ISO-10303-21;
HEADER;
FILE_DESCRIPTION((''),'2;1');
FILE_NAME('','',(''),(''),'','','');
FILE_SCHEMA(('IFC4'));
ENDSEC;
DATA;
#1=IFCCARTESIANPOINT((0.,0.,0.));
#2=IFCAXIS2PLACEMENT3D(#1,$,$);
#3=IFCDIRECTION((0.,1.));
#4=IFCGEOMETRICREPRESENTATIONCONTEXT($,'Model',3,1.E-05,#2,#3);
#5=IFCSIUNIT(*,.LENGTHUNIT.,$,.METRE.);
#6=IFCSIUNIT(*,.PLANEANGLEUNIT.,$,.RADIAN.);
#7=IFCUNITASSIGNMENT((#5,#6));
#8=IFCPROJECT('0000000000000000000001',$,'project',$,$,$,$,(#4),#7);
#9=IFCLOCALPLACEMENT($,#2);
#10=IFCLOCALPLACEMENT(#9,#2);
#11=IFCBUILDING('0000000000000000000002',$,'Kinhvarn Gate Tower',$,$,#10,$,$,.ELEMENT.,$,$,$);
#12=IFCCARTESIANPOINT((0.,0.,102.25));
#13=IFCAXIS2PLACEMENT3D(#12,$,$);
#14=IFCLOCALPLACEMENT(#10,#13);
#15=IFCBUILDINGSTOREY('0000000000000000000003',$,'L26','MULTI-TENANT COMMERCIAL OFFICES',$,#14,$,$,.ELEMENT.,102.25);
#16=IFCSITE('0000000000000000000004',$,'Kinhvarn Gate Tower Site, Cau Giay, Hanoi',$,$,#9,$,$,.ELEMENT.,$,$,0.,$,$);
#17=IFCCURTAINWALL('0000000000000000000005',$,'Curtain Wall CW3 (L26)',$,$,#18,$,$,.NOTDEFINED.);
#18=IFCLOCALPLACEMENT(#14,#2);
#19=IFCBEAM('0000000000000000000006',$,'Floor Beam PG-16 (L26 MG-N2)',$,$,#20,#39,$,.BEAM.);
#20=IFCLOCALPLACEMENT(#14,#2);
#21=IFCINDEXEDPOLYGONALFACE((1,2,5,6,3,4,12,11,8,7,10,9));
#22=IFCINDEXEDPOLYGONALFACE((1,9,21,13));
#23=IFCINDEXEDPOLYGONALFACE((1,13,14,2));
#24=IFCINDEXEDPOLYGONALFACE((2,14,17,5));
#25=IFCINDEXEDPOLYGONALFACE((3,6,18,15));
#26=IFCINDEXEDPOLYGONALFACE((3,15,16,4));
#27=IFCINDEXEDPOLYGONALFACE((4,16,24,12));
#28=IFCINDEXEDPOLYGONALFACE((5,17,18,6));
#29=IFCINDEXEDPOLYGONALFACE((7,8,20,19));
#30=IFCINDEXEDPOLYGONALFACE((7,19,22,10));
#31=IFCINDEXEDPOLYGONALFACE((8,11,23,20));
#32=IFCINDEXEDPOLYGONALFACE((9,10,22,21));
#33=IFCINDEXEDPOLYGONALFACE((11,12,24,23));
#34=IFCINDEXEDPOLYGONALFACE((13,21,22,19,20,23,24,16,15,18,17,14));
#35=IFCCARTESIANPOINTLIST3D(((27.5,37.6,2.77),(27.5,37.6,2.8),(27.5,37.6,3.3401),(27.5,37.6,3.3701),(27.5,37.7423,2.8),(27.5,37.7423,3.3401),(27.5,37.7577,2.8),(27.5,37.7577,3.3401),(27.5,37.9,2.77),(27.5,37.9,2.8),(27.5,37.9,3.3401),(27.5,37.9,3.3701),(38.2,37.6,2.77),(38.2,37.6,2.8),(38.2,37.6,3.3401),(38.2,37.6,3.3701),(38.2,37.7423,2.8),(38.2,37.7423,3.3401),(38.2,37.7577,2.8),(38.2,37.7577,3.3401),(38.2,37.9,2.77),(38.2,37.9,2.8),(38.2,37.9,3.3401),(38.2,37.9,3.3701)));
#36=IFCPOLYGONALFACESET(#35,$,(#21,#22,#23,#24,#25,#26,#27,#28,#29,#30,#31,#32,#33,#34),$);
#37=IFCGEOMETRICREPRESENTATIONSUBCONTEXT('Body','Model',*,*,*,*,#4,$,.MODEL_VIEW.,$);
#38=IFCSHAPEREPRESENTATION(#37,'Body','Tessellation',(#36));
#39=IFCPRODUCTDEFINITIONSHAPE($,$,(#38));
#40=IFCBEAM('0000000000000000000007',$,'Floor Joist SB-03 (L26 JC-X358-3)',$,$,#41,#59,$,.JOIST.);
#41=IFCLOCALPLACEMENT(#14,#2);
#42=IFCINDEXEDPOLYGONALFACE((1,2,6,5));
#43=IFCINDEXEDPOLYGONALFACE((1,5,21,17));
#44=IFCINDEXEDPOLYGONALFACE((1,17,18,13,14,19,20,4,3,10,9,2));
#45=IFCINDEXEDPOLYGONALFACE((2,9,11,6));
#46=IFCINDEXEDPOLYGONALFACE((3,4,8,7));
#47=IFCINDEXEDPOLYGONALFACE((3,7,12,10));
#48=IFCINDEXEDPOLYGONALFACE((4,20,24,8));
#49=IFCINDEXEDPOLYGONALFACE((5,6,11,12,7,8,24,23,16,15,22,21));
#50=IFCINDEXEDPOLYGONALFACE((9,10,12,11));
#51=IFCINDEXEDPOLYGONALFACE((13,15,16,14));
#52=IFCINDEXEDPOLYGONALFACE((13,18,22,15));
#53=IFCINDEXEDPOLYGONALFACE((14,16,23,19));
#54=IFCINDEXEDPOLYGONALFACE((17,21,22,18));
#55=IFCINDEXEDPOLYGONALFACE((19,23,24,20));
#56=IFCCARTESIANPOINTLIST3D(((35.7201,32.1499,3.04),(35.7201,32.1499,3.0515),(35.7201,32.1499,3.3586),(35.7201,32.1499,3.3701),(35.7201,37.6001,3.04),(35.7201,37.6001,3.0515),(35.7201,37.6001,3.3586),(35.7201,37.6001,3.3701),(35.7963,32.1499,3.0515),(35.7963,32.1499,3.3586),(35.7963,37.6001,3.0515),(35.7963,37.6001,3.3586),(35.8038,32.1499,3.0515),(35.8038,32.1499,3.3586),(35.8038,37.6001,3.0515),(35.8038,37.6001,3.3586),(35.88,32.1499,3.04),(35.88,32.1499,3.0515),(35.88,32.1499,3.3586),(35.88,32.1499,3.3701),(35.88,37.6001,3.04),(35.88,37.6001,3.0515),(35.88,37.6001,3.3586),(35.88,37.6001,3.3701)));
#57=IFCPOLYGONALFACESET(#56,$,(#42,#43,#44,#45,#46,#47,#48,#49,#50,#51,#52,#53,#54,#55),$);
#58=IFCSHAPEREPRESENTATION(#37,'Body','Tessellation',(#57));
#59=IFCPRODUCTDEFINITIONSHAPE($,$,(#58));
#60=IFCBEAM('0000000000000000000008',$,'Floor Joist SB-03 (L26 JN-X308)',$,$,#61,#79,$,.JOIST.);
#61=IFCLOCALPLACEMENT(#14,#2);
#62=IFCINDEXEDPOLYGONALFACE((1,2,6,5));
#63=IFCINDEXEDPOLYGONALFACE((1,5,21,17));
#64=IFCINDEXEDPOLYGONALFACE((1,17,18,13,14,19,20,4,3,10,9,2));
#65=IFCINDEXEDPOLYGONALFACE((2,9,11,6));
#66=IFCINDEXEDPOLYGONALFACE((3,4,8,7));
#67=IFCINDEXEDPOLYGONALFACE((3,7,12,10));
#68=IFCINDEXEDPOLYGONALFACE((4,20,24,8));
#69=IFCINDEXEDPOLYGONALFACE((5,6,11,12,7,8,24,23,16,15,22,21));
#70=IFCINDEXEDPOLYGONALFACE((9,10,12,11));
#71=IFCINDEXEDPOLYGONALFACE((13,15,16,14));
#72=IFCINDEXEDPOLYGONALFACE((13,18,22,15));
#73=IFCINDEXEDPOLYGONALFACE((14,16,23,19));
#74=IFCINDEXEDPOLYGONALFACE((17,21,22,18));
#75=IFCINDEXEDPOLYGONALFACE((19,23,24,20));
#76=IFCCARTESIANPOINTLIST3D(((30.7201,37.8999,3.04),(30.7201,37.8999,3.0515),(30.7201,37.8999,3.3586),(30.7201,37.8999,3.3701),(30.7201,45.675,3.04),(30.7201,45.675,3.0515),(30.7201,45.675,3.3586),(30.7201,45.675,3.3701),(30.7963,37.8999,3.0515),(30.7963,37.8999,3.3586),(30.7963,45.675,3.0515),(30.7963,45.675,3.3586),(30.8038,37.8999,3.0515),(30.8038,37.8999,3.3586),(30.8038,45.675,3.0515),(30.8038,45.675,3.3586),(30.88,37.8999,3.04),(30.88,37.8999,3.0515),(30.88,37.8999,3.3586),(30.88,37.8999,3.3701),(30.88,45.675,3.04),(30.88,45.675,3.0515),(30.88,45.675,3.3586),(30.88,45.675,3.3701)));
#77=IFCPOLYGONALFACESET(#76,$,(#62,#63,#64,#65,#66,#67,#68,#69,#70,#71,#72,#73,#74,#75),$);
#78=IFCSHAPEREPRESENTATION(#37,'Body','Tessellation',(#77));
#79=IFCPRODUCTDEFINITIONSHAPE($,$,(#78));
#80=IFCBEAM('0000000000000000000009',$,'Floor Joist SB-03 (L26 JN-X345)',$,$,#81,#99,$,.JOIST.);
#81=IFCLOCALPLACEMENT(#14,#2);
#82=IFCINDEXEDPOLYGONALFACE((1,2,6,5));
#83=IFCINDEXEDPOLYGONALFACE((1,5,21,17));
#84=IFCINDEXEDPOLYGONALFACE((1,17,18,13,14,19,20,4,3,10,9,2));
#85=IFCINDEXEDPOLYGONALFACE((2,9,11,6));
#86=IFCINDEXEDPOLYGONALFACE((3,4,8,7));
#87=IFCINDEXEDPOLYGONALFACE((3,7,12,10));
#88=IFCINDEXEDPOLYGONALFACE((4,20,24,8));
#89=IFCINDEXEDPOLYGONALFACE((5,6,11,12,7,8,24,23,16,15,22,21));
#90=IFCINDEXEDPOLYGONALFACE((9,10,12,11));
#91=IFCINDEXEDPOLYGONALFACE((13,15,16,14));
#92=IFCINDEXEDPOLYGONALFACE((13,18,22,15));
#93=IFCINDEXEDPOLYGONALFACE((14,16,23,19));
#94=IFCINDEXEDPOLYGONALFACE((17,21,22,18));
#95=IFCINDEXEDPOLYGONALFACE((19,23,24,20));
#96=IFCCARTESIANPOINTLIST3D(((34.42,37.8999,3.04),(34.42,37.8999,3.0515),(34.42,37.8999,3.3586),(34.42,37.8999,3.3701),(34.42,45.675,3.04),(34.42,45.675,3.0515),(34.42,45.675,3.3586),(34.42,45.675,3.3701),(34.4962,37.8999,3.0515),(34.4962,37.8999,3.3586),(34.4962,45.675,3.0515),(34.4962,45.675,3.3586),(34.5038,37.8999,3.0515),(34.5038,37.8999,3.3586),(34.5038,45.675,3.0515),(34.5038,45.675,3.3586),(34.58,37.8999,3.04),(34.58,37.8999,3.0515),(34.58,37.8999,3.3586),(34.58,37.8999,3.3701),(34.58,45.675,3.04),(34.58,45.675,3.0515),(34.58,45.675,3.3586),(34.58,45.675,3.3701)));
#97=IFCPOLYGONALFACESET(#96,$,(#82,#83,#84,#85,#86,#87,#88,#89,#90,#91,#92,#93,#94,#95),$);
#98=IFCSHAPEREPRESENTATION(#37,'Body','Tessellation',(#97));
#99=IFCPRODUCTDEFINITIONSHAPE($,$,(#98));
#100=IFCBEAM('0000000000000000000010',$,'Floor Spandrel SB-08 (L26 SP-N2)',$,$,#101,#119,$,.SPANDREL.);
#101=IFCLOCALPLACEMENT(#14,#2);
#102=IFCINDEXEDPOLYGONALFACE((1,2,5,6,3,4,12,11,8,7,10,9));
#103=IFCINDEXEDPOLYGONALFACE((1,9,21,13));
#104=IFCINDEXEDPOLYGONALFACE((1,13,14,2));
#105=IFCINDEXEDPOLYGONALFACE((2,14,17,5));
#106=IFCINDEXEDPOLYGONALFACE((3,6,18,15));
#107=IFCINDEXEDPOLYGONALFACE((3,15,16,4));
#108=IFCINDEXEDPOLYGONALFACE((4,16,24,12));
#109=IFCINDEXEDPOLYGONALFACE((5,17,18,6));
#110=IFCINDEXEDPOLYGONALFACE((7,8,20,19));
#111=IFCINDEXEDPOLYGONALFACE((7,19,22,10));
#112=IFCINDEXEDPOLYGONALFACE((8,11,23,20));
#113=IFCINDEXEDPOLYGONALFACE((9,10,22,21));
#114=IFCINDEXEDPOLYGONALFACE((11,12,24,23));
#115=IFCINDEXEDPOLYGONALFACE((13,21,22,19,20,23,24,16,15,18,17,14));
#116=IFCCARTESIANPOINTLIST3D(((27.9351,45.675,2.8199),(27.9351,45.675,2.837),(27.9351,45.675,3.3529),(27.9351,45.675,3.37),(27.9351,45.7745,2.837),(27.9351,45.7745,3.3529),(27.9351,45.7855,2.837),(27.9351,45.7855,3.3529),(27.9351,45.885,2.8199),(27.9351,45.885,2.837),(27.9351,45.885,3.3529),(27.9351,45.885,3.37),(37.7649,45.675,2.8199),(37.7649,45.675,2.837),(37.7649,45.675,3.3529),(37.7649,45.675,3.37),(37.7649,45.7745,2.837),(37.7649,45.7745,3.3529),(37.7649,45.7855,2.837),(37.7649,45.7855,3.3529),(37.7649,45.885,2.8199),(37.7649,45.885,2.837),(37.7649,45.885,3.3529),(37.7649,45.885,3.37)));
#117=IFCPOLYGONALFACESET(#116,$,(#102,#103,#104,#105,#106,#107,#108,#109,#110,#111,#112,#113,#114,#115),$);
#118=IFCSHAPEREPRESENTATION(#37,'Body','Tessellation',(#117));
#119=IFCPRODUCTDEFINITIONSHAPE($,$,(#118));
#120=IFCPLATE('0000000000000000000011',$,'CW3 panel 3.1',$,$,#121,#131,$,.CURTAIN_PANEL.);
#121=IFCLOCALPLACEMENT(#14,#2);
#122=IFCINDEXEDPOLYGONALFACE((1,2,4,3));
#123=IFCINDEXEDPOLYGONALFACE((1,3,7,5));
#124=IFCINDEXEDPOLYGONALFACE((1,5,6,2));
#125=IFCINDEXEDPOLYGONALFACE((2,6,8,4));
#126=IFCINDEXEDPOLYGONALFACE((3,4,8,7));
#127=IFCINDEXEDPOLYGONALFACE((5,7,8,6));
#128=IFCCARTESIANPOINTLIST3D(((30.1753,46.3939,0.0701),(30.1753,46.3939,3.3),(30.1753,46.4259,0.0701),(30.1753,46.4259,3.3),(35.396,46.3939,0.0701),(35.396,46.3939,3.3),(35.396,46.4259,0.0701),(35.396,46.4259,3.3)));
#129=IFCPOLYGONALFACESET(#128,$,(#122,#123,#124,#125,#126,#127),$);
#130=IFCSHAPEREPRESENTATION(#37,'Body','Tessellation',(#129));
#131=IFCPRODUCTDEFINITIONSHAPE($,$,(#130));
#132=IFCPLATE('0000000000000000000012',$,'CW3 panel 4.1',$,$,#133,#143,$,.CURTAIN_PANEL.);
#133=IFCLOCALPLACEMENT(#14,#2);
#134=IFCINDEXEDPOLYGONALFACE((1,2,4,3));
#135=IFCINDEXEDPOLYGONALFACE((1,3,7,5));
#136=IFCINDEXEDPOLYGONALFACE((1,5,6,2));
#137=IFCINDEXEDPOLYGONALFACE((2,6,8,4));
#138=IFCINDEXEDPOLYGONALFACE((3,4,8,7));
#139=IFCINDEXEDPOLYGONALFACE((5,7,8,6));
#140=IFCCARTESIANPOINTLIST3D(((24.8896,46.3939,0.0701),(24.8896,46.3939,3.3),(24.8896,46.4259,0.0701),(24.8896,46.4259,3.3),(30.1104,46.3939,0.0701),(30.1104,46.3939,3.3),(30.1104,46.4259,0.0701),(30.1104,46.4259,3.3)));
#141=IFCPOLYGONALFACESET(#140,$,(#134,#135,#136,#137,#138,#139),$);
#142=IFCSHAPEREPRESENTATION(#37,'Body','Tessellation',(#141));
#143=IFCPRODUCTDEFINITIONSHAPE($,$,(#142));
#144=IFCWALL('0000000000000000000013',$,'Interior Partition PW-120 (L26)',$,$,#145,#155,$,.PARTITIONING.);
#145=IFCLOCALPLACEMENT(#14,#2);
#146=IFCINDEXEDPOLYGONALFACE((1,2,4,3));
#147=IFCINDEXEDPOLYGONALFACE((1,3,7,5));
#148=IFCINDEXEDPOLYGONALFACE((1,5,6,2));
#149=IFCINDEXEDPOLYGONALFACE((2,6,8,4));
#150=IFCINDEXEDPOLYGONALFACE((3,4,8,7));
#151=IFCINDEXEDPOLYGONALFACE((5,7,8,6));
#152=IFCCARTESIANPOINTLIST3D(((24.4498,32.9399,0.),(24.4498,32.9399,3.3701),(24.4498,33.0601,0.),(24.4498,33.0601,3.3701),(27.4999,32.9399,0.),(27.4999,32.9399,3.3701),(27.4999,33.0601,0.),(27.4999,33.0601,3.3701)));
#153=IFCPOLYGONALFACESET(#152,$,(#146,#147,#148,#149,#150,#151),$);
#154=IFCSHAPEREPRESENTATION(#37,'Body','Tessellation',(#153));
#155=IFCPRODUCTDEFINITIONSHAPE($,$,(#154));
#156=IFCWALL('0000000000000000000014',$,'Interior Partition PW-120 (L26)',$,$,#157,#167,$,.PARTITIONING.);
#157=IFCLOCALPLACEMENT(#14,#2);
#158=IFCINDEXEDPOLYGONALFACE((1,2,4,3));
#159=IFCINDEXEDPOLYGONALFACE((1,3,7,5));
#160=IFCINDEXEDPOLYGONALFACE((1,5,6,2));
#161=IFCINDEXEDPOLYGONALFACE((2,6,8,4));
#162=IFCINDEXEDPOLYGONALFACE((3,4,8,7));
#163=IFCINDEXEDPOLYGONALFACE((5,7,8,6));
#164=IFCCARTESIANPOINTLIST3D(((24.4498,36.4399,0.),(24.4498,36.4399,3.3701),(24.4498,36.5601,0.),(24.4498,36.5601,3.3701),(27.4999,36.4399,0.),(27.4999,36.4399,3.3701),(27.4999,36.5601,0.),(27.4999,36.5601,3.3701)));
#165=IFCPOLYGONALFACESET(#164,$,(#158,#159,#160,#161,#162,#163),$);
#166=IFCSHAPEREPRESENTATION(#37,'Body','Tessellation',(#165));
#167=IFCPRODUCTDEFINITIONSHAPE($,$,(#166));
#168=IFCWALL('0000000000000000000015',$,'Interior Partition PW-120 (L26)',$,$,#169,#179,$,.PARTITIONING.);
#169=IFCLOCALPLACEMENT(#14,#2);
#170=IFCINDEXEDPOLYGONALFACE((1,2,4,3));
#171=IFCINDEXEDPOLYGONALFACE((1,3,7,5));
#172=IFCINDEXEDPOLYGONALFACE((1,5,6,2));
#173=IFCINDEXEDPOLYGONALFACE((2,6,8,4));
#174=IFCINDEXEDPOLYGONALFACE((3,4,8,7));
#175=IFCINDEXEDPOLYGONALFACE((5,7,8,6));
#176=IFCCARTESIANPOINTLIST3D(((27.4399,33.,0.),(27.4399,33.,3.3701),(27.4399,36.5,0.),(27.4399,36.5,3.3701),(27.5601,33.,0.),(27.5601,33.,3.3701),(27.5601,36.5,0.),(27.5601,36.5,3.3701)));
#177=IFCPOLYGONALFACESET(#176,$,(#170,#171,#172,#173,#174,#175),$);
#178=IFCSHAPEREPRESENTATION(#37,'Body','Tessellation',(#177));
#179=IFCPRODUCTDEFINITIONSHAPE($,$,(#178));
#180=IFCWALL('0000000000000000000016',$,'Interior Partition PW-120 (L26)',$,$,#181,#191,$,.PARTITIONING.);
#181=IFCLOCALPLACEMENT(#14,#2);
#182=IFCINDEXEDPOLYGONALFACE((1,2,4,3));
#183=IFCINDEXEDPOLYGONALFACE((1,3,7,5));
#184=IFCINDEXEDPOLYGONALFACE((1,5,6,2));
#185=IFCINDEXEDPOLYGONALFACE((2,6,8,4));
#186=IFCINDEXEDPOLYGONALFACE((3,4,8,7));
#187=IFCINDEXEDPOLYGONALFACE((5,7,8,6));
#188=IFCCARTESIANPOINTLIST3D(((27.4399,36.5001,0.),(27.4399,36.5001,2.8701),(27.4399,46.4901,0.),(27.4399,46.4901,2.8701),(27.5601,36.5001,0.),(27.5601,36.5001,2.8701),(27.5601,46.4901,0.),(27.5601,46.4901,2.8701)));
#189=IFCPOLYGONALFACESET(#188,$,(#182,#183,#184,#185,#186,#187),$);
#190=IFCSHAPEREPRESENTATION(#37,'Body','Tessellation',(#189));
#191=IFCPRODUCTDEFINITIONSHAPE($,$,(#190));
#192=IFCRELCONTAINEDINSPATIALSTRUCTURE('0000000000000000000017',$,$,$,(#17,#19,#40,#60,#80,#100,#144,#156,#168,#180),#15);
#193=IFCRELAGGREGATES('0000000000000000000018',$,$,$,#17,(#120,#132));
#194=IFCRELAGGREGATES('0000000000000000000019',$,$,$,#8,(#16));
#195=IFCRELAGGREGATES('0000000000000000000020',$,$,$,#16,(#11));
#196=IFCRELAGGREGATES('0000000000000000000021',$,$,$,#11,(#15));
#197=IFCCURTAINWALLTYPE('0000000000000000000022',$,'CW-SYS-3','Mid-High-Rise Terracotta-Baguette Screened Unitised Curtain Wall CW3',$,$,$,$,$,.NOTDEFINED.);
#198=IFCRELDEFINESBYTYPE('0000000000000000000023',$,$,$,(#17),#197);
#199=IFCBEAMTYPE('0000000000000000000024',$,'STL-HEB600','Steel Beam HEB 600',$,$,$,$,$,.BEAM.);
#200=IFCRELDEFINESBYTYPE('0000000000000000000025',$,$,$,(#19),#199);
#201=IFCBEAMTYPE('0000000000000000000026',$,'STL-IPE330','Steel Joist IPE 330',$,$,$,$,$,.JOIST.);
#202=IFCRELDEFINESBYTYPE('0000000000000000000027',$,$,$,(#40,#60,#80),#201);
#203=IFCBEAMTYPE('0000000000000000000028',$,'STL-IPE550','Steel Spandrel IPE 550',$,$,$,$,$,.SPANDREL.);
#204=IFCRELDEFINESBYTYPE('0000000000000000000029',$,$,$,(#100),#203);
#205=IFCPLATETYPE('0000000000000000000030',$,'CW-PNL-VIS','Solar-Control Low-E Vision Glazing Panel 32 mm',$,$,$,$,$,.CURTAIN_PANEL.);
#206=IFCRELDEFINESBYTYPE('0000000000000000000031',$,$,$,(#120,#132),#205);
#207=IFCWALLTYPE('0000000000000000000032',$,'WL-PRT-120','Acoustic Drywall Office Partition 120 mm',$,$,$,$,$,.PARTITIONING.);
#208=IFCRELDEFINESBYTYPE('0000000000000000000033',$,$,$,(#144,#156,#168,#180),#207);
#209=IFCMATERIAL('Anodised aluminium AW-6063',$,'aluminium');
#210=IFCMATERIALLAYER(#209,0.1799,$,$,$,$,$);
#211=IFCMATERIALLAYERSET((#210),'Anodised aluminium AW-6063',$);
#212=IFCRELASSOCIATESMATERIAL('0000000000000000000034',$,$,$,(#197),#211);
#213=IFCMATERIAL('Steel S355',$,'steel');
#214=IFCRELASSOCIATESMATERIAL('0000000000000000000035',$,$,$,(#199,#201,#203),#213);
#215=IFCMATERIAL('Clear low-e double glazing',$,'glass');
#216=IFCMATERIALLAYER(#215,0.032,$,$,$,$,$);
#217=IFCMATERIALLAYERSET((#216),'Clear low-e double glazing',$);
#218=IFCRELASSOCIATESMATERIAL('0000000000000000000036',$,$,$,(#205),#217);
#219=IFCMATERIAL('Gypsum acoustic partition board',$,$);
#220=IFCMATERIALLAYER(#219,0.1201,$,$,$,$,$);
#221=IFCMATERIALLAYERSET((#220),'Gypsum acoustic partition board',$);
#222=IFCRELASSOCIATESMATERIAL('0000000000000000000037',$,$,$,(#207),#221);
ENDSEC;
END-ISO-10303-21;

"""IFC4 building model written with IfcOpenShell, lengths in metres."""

from ifc_helpers import new_model, si_unit, direction, frame, frame_2d, origin, origin_2d, place, context, subcontext, project, spatial, rectangle, i_section, extrude, material, layer, layer_set, material_profile, profile_set, type_object, element, aggregate, save


model = new_model("IFC4")

# Units and contexts
model_context = context("Model", 3, precision=1e-05, world=origin(), true_north=direction((0.0, 1.0)))
body_context = subcontext(model_context, "Body", "Model", "MODEL_VIEW")
ifc_project = project(units=[si_unit("LENGTHUNIT", "METRE"), si_unit("PLANEANGLEUNIT", "RADIAN")], contexts=[model_context])

# Site, building, storey
site_placement = place(None, origin())
site = spatial("IfcSite", under=ifc_project, at=site_placement, Name="Kinhvarn Gate Tower Site, Cau Giay, Hanoi", CompositionType="ELEMENT", RefElevation=0.0)
building_placement = place(site_placement, origin())
building = spatial("IfcBuilding", under=site, at=building_placement, Name="Kinhvarn Gate Tower", CompositionType="ELEMENT")
storey_placement = place(building_placement, frame((0.0, 0.0, 102.25)))
storey = spatial("IfcBuildingStorey", under=building, at=storey_placement, Name="L26", Description="MULTI-TENANT COMMERCIAL OFFICES", CompositionType="ELEMENT", Elevation=102.25)

# Curtain wall
ifc_material_1 = material(Name="Anodised aluminium AW-6063", Category="aluminium")
ifc_layer_1 = layer(ifc_material_1, 0.1799)
ifc_layer_set_1 = layer_set([ifc_layer_1], Name="Anodised aluminium AW-6063")
curtain_wall_type = type_object("IfcCurtainWallType", Name="CW-SYS-3", Description="Mid-High-Rise Terracotta-Baguette Screened Unitised Curtain Wall CW3", PredefinedType="NOTDEFINED", material=ifc_layer_set_1)
curtain_wall_placement = place(storey_placement, origin())
curtain_wall = element("IfcCurtainWall", 1, at=curtain_wall_placement, inside=storey, type_object=curtain_wall_type, Name="Curtain Wall CW3 (L26)", PredefinedType="NOTDEFINED")

# Beams
ifc_material_2 = material(Name="Steel S355", Category="steel")
ifc_material_profile_1 = material_profile(ifc_material_2, i_section(OverallWidth=0.3, OverallDepth=0.6001, WebThickness=0.0154, FlangeThickness=0.03, at=origin_2d()), Name="HEB 600")
ifc_profile_set_1 = profile_set([ifc_material_profile_1], Name="Steel S355")
beam_type_1 = type_object("IfcBeamType", Name="STL-HEB600", Description="Steel Beam HEB 600", PredefinedType="BEAM", material=ifc_profile_set_1)
beam_1_placement = place(storey_placement, frame((27.5, 37.75, 3.0701), z_axis=(1.0, 0.0, 0.0), x_axis=(0.0, 1.0, 0.0)))
element("IfcBeam", 2, at=beam_1_placement, inside=storey, type_object=beam_type_1, Name="Floor Beam PG-16 (L26 MG-N2)", PredefinedType="BEAM", context=body_context, shape_type="SweptSolid", body=[
    extrude(i_section(OverallWidth=0.3, OverallDepth=0.6001, WebThickness=0.0154, FlangeThickness=0.03, at=origin_2d()), origin(), (0.0, 0.0, 1.0), 10.7),
])
ifc_material_profile_2 = material_profile(ifc_material_2, i_section(OverallWidth=0.1599, OverallDepth=0.3301, WebThickness=0.0076, FlangeThickness=0.0115, at=origin_2d()), Name="IPE 330")
ifc_profile_set_2 = profile_set([ifc_material_profile_2], Name="Steel S355")
beam_type_2 = type_object("IfcBeamType", Name="STL-IPE330", Description="Steel Joist IPE 330", PredefinedType="JOIST", material=ifc_profile_set_2)
beam_2_placement = place(storey_placement, frame((35.8, 32.1499, 3.2051), z_axis=(0.0, 1.0, 0.0), x_axis=(-1.0, 0.0, 0.0)))
element("IfcBeam", 3, at=beam_2_placement, inside=storey, type_object=beam_type_2, Name="Floor Joist SB-03 (L26 JC-X358-3)", PredefinedType="JOIST", context=body_context, shape_type="SweptSolid", body=[
    extrude(i_section(OverallWidth=0.1599, OverallDepth=0.3301, WebThickness=0.0076, FlangeThickness=0.0115, at=origin_2d()), origin(), (0.0, 0.0, 1.0), 5.4502),
])
for number, where, z_axis, x_axis, name in (
    (4, (30.8, 37.8999, 3.2051), (0.0, 1.0, 0.0), (-1.0, 0.0, 0.0), "Floor Joist SB-03 (L26 JN-X308)"),
    (5, (34.5, 37.8999, 3.2051), (0.0, 1.0, 0.0), (-1.0, 0.0, 0.0), "Floor Joist SB-03 (L26 JN-X345)"),
):
    element("IfcBeam", number, at=place(storey_placement, frame(where, z_axis=z_axis, x_axis=x_axis)), inside=storey, type_object=beam_type_2, Name=name, PredefinedType="JOIST", context=body_context, shape_type="SweptSolid", body=[
        extrude(i_section(OverallWidth=0.1599, OverallDepth=0.3301, WebThickness=0.0076, FlangeThickness=0.0115, at=origin_2d()), origin(), (0.0, 0.0, 1.0), 7.7751),
    ])
ifc_material_profile_3 = material_profile(ifc_material_2, i_section(OverallWidth=0.21, OverallDepth=0.55, WebThickness=0.011, FlangeThickness=0.0171, at=origin_2d()), Name="IPE 550")
ifc_profile_set_3 = profile_set([ifc_material_profile_3], Name="Steel S355")
beam_type_3 = type_object("IfcBeamType", Name="STL-IPE550", Description="Steel Spandrel IPE 550", PredefinedType="SPANDREL", material=ifc_profile_set_3)
beam_3_placement = place(storey_placement, frame((27.9351, 45.78, 3.095), z_axis=(1.0, 0.0, 0.0), x_axis=(0.0, 1.0, 0.0)))
element("IfcBeam", 6, at=beam_3_placement, inside=storey, type_object=beam_type_3, Name="Floor Spandrel SB-08 (L26 SP-N2)", PredefinedType="SPANDREL", context=body_context, shape_type="SweptSolid", body=[
    extrude(i_section(OverallWidth=0.21, OverallDepth=0.55, WebThickness=0.011, FlangeThickness=0.0171, at=origin_2d()), origin(), (0.0, 0.0, 1.0), 9.8298),
])

# Plates
ifc_material_3 = material(Name="Clear low-e double glazing", Category="glass")
ifc_layer_2 = layer(ifc_material_3, 0.032)
ifc_layer_set_2 = layer_set([ifc_layer_2], Name="Clear low-e double glazing")
plate_type = type_object("IfcPlateType", Name="CW-PNL-VIS", Description="Solar-Control Low-E Vision Glazing Panel 32 mm", PredefinedType="CURTAIN_PANEL", material=ifc_layer_set_2)
plate_1_placement = place(storey_placement, frame((32.7856, 46.4099, 0.0701), z_axis=(0.0, 0.0, 1.0), x_axis=(-1.0, 0.0, 0.0)))
plate_1 = element("IfcPlate", 7, at=plate_1_placement, type_object=plate_type, Name="CW3 panel 3.1", PredefinedType="CURTAIN_PANEL", context=body_context, shape_type="SweptSolid", body=[
    extrude(rectangle(XDim=5.2207, YDim=0.032, at=origin_2d()), origin(), (0.0, 0.0, 1.0), 3.23),
])
plate_2_placement = place(storey_placement, frame((27.5, 46.4099, 0.0701), z_axis=(0.0, 0.0, 1.0), x_axis=(-1.0, 0.0, 0.0)))
plate_2 = element("IfcPlate", 8, at=plate_2_placement, type_object=plate_type, Name="CW3 panel 4.1", PredefinedType="CURTAIN_PANEL", context=body_context, shape_type="SweptSolid", body=[
    extrude(rectangle(XDim=5.2207, YDim=0.032, at=origin_2d()), origin(), (0.0, 0.0, 1.0), 3.23),
])
aggregate(curtain_wall, [plate_1, plate_2])

# Walls
ifc_material_4 = material(Name="Gypsum acoustic partition board")
ifc_layer_3 = layer(ifc_material_4, 0.1201)
ifc_layer_set_3 = layer_set([ifc_layer_3], Name="Gypsum acoustic partition board")
wall_type_1 = type_object("IfcWallType", Name="WL-PRT-120", Description="Acoustic Drywall Office Partition 120 mm", PredefinedType="PARTITIONING", material=ifc_layer_set_3)
for number, where, z_axis, x_axis, name in (
    (9, (24.45, 33.0, 0.0), (0.0, 0.0, 1.0), (1.0, 0.0, 0.0), "Interior Partition PW-120 (L26)"),
    (10, (24.45, 36.5, 0.0), (0.0, 0.0, 1.0), (1.0, 0.0, 0.0), "Interior Partition PW-120 (L26)"),
):
    element("IfcWall", number, at=place(storey_placement, frame(where, z_axis=z_axis, x_axis=x_axis)), inside=storey, type_object=wall_type_1, Name=name, PredefinedType="PARTITIONING", context=body_context, shape_type="SweptSolid", body=[
        extrude(rectangle(XDim=3.05, YDim=0.1201, at=frame_2d((1.5249, 0.0))), origin(), (0.0, 0.0, 1.0), 3.3701),
    ])
wall_1_placement = place(storey_placement, frame((27.5, 33.0, 0.0), z_axis=(0.0, 0.0, 1.0), x_axis=(0.0, 1.0, 0.0)))
element("IfcWall", 11, at=wall_1_placement, inside=storey, type_object=wall_type_1, Name="Interior Partition PW-120 (L26)", PredefinedType="PARTITIONING", context=body_context, shape_type="SweptSolid", body=[
    extrude(rectangle(XDim=3.5, YDim=0.1201, at=frame_2d((1.75, 0.0))), origin(), (0.0, 0.0, 1.0), 3.3701),
])
wall_2_placement = place(storey_placement, frame((27.5, 36.5, 0.0), z_axis=(0.0, 0.0, 1.0), x_axis=(0.0, 1.0, 0.0)))
element("IfcWall", 12, at=wall_2_placement, inside=storey, type_object=wall_type_1, Name="Interior Partition PW-120 (L26)", PredefinedType="PARTITIONING", context=body_context, shape_type="SweptSolid", body=[
    extrude(rectangle(XDim=9.99, YDim=0.1201, at=frame_2d((4.9951, 0.0))), origin(), (0.0, 0.0, 1.0), 2.8701),
])

save(model, "model.ifc")
